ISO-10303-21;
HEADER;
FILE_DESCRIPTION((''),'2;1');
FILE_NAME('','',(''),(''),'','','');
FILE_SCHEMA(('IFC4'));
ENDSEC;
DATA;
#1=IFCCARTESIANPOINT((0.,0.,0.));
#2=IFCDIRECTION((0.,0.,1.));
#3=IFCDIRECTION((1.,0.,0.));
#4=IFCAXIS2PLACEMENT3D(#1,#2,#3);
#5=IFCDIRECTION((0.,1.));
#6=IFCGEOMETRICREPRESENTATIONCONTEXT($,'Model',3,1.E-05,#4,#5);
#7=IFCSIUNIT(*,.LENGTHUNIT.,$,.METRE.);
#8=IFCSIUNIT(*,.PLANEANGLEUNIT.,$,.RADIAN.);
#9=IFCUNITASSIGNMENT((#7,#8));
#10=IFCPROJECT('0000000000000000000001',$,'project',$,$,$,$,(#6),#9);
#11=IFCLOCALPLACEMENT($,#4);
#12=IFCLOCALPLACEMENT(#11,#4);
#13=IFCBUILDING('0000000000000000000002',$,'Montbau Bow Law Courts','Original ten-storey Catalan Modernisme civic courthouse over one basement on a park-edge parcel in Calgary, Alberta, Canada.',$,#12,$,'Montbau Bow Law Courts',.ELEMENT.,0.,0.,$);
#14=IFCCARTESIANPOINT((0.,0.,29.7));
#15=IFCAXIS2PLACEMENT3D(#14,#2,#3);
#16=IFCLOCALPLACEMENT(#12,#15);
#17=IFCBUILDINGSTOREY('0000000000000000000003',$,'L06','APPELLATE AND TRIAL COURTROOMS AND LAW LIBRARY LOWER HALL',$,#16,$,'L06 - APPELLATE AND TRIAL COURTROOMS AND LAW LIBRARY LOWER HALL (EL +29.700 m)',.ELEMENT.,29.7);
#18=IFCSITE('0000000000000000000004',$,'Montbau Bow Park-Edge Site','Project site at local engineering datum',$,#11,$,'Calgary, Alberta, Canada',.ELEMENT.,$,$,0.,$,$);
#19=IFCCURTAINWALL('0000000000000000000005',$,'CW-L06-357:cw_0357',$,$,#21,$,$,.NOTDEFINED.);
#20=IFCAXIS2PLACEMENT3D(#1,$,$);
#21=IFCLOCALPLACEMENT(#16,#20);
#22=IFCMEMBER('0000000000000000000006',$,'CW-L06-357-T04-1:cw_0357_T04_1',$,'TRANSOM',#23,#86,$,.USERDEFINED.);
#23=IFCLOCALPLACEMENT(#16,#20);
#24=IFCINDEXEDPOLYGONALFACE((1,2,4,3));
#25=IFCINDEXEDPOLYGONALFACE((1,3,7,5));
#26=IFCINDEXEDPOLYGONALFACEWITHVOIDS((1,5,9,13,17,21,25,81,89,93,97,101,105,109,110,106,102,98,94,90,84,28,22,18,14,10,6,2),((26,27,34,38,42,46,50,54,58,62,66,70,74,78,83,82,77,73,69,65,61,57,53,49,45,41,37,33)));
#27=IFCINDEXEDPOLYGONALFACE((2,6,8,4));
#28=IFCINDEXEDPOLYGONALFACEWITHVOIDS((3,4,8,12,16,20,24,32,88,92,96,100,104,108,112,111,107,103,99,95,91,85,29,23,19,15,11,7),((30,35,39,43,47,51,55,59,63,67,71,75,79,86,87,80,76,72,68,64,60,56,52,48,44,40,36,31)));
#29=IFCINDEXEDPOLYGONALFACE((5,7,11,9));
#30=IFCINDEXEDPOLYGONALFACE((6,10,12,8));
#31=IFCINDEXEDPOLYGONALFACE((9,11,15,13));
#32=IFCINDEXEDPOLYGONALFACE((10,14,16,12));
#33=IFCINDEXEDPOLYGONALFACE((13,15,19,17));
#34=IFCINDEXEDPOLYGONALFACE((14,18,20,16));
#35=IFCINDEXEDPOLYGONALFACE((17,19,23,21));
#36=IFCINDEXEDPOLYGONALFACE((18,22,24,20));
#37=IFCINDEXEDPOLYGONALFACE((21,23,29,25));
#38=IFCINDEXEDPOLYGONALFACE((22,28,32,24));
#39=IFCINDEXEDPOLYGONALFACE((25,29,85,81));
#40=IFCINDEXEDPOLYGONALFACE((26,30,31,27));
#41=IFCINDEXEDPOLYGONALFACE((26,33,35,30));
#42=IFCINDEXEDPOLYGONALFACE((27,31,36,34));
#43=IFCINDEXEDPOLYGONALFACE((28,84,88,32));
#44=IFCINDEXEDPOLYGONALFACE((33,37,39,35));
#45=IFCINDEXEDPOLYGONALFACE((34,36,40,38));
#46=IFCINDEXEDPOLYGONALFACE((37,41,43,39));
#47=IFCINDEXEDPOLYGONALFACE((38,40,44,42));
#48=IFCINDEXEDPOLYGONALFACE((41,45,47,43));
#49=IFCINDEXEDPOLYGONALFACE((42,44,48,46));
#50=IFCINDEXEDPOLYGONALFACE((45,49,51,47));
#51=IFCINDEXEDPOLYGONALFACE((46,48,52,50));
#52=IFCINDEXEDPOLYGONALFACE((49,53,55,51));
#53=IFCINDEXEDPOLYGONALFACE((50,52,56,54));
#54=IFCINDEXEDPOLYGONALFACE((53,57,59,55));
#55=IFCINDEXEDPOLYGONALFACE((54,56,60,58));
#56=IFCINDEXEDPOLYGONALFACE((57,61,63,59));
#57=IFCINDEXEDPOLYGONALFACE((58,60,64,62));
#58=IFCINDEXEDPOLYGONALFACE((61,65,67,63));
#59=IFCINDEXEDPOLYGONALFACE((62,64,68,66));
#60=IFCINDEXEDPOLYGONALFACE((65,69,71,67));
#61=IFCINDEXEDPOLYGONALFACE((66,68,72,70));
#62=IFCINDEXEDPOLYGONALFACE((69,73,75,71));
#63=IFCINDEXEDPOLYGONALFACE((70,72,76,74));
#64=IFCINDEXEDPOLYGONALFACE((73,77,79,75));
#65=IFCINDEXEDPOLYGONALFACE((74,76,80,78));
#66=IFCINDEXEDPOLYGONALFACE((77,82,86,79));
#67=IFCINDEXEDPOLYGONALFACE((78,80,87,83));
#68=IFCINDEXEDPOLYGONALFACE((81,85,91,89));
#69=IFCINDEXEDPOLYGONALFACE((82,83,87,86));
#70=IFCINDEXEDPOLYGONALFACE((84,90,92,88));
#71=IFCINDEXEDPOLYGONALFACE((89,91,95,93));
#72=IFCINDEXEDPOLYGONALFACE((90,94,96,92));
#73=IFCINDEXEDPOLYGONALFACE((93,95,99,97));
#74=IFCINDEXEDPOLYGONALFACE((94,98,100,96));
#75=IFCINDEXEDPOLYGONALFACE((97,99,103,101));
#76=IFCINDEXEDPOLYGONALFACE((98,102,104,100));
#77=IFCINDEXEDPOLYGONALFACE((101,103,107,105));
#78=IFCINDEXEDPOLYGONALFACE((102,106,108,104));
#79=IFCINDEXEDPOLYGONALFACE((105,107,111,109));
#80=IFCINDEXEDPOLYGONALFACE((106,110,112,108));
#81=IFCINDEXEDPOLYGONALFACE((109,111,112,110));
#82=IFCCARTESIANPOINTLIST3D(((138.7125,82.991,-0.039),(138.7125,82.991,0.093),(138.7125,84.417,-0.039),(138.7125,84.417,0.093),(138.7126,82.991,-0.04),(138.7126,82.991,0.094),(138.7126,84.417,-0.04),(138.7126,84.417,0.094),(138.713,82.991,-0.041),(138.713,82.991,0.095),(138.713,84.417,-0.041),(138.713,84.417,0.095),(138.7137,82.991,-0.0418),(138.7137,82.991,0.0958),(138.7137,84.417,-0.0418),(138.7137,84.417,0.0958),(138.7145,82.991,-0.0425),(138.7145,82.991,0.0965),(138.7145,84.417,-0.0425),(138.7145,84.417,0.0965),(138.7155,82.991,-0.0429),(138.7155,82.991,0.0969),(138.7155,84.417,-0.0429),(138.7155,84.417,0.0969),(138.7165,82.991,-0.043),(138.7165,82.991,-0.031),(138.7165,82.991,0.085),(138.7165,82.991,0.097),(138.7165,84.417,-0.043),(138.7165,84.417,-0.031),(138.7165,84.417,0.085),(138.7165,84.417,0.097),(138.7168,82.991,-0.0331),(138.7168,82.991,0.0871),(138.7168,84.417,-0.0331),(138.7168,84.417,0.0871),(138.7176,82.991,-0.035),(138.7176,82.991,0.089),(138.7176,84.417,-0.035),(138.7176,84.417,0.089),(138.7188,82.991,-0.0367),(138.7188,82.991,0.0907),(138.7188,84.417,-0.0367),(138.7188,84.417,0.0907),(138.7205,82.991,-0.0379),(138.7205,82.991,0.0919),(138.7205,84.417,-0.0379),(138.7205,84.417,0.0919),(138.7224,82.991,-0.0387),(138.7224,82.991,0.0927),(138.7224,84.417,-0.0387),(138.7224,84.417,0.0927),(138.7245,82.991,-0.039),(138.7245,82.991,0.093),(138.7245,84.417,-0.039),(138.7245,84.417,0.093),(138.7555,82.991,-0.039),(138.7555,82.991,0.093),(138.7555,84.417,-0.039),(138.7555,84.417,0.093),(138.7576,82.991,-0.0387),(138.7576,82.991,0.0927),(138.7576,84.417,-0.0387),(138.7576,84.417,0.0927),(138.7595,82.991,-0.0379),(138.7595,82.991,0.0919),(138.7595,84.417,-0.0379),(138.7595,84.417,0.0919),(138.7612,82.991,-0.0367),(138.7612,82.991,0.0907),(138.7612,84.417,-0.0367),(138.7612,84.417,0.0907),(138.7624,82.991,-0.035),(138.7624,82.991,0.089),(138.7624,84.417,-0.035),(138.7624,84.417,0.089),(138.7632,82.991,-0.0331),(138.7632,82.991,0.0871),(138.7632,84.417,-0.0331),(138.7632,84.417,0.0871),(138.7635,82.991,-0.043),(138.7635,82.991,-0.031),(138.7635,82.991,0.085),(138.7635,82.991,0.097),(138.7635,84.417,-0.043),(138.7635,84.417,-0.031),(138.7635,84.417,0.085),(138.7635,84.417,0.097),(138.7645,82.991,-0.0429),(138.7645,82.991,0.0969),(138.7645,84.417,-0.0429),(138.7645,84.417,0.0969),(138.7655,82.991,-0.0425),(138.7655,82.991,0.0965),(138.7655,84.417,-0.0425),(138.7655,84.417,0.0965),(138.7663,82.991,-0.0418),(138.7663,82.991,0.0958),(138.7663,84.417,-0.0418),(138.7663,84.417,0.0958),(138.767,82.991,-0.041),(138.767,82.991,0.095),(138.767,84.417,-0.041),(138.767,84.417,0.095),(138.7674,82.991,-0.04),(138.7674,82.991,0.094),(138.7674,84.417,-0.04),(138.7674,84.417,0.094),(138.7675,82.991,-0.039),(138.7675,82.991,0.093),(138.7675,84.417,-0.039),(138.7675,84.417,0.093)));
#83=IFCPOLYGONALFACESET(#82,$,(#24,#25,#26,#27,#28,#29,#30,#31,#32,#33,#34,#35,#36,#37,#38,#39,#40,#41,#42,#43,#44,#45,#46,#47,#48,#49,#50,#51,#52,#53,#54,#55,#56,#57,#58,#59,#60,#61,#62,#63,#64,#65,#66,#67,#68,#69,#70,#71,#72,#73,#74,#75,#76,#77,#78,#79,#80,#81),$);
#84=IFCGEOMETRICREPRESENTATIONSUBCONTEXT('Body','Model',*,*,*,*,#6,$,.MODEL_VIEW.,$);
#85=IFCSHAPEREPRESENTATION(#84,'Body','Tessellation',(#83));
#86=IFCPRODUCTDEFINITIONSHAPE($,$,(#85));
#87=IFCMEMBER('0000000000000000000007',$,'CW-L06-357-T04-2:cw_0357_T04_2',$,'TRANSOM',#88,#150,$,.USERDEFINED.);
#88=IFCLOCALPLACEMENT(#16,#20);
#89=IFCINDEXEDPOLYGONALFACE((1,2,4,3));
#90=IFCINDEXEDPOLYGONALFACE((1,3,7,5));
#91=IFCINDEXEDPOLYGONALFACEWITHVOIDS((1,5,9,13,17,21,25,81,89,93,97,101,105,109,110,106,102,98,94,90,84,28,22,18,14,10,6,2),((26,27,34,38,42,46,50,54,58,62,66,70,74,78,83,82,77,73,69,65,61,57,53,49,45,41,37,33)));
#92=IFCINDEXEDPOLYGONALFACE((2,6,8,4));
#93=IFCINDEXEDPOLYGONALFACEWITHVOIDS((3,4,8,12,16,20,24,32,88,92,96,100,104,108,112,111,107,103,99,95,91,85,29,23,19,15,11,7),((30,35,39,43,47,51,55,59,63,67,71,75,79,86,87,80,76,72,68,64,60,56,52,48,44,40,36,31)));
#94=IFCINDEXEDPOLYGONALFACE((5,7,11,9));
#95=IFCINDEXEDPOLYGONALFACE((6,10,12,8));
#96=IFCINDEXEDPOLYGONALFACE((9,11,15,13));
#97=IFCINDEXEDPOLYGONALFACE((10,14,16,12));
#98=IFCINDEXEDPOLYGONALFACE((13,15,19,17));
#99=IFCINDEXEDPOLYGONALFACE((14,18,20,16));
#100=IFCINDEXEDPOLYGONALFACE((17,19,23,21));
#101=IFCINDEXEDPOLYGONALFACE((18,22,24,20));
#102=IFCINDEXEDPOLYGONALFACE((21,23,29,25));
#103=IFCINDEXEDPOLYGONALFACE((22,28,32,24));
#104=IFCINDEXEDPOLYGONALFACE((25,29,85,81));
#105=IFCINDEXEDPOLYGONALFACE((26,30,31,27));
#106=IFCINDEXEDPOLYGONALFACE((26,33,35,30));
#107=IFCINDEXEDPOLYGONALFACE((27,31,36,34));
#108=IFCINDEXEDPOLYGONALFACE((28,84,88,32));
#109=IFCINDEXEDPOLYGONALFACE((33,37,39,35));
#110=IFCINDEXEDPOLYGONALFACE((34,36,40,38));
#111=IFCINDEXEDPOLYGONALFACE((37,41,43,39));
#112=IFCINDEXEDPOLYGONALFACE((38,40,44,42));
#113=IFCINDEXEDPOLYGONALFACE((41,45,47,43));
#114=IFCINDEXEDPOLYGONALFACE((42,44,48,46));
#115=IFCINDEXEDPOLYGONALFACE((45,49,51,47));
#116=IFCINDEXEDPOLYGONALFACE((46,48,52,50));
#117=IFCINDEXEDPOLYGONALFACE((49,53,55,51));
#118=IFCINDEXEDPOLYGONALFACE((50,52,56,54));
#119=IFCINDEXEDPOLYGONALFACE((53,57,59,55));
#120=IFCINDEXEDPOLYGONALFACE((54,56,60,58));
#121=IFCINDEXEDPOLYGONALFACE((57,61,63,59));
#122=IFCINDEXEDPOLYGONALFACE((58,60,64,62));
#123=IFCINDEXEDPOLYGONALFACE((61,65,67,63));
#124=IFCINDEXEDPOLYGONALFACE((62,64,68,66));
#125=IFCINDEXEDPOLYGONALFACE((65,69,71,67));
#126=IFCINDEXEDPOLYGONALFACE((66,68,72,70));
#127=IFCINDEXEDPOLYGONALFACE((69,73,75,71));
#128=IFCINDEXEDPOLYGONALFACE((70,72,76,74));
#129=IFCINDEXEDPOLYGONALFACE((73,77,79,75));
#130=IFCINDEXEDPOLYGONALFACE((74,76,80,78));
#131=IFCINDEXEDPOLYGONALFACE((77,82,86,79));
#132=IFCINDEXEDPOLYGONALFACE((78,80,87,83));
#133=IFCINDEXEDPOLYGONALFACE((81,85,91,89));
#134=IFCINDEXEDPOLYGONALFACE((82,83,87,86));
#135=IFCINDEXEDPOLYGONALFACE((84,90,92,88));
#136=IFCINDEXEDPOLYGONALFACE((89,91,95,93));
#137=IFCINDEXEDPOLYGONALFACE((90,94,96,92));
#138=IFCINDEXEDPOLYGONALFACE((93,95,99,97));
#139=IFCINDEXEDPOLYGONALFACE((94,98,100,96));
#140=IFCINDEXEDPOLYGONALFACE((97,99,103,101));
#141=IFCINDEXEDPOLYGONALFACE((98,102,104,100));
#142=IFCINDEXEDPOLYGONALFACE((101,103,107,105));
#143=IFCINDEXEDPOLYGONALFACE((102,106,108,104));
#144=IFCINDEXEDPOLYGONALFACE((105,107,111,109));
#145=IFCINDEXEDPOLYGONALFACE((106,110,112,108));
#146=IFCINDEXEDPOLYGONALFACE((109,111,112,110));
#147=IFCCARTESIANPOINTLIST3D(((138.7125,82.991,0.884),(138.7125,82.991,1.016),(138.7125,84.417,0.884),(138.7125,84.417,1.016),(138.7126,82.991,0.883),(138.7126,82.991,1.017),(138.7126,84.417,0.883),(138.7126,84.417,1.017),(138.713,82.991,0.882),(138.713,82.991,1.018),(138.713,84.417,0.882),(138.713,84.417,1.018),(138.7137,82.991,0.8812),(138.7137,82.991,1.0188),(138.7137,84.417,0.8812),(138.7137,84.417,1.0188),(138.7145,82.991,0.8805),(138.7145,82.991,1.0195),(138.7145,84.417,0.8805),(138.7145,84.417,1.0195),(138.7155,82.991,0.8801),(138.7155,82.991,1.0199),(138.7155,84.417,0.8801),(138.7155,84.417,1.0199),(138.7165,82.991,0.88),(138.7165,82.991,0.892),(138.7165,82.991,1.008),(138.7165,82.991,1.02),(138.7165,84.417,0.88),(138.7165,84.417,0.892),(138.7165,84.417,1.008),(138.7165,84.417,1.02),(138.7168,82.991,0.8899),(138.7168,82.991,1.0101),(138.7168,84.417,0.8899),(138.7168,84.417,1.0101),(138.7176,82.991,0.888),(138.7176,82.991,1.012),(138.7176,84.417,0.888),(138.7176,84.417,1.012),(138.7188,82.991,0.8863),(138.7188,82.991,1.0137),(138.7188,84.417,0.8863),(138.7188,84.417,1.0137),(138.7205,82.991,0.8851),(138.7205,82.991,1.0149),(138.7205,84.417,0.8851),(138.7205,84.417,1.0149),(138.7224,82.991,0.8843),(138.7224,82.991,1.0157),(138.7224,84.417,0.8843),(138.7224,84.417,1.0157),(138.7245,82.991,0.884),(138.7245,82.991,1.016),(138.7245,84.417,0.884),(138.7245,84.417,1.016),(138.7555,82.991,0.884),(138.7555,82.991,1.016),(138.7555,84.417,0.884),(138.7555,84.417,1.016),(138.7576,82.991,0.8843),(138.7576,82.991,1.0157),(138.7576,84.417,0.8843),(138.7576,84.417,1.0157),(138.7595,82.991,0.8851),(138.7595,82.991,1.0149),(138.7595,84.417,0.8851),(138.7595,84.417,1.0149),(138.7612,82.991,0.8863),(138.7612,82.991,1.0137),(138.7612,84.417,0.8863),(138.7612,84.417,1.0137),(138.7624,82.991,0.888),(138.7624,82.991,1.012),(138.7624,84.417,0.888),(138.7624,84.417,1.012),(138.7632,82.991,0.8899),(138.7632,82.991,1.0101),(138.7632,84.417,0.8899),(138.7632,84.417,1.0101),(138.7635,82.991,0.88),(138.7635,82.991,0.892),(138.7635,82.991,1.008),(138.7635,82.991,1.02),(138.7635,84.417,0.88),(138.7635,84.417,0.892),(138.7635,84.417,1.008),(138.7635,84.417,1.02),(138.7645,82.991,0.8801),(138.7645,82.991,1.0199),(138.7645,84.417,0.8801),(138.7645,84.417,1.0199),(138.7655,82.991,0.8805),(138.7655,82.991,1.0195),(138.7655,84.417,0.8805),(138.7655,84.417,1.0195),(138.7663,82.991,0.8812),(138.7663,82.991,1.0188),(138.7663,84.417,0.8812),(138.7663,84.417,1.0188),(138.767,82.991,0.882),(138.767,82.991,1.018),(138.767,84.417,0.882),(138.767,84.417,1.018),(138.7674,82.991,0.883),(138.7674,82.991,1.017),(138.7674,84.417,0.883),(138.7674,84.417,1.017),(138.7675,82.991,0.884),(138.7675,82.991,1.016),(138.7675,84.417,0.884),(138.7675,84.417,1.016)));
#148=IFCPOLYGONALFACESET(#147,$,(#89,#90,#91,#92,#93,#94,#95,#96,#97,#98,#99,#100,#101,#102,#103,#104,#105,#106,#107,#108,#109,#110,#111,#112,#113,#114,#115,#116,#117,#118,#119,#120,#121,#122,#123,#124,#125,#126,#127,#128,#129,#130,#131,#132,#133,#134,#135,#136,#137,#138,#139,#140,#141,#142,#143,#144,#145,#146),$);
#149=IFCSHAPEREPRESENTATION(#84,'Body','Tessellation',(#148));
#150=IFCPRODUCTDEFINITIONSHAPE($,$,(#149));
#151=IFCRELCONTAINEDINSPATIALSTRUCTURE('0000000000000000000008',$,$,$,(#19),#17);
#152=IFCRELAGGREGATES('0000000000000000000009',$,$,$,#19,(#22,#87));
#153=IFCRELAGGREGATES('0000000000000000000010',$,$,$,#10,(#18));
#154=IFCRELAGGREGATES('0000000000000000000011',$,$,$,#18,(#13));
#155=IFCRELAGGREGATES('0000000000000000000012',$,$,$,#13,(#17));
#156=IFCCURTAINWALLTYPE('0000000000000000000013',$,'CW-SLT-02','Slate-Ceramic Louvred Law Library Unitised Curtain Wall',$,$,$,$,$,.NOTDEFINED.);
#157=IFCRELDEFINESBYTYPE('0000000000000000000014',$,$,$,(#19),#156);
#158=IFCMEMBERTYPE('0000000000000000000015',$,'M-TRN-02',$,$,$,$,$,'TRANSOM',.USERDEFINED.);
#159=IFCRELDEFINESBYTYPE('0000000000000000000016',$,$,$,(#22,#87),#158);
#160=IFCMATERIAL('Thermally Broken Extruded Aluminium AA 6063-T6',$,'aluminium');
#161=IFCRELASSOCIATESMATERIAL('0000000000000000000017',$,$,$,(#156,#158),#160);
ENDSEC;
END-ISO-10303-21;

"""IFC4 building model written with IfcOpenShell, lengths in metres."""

from ifc_helpers import new_model, si_unit, direction, frame, origin_with_axes, origin_2d_with_axis, place, context, subcontext, project, spatial, hollow_rectangle, extrude, material, material_profile, profile_set, type_object, element, aggregate, save


model = new_model("IFC4")

# Units and contexts
model_context = context("Model", 3, precision=1e-05, world=origin_with_axes(), true_north=direction((0.0, 1.0)))
body_context = subcontext(model_context, "Body", "Model", "MODEL_VIEW")
ifc_project = project(units=[si_unit("LENGTHUNIT", "METRE"), si_unit("PLANEANGLEUNIT", "RADIAN")], contexts=[model_context])

# Site, building, storey
site_placement = place(None, origin_with_axes())
site = spatial("IfcSite", under=ifc_project, at=site_placement, Name="Montbau Bow Park-Edge Site", Description="Project site at local engineering datum", LongName="Calgary, Alberta, Canada", CompositionType="ELEMENT", RefElevation=0.0)
building_placement = place(site_placement, origin_with_axes())
building = spatial("IfcBuilding", under=site, at=building_placement, Name="Montbau Bow Law Courts", Description="Original ten-storey Catalan Modernisme civic courthouse over one basement on a park-edge parcel in Calgary, Alberta, Canada.", LongName="Montbau Bow Law Courts", CompositionType="ELEMENT", ElevationOfRefHeight=0.0, ElevationOfTerrain=0.0)
storey_placement = place(building_placement, frame((0.0, 0.0, 29.7), z_axis=(0.0, 0.0, 1.0), x_axis=(1.0, 0.0, 0.0)))
storey = spatial("IfcBuildingStorey", under=building, at=storey_placement, Name="L06", Description="APPELLATE AND TRIAL COURTROOMS AND LAW LIBRARY LOWER HALL", LongName="L06 - APPELLATE AND TRIAL COURTROOMS AND LAW LIBRARY LOWER HALL (EL +29.700 m)", CompositionType="ELEMENT", Elevation=29.7)

# Curtain wall
ifc_material_1 = material(Name="Thermally Broken Extruded Aluminium AA 6063-T6", Category="aluminium")
curtain_wall_type = type_object("IfcCurtainWallType", Name="CW-SLT-02", Description="Slate-Ceramic Louvred Law Library Unitised Curtain Wall", PredefinedType="NOTDEFINED", material=ifc_material_1)
curtain_wall_1_placement = place(None, frame((138.74, 78.44, 29.7), z_axis=(0.0, 0.0, 1.0), x_axis=(1.0, 0.0, 0.0)))
curtain_wall_1 = element("IfcCurtainWall", 1, at=curtain_wall_1_placement, inside=storey, type_object=curtain_wall_type, Name="CW-L06-357:cw_0357", PredefinedType="NOTDEFINED")

# Members
ifc_material_profile_1 = material_profile(ifc_material_1, hollow_rectangle(XDim=0.055, YDim=0.14, WallThickness=0.004, InnerFilletRadius=0.008, OuterFilletRadius=0.004, at=origin_2d_with_axis()), Name="CWT-140X55", Category="Main", Priority=0)
ifc_profile_set_1 = profile_set([ifc_material_profile_1], Name="Thermally Broken Extruded Aluminium AA 6063-T6")
member_type_1 = type_object("IfcMemberType", Name="M-TRN-02", ElementType="TRANSOM", PredefinedType="USERDEFINED", material=ifc_profile_set_1)
member_1_placement = place(None, frame((138.74, 82.991, 29.727), z_axis=(0.0, 1.0, 0.0), x_axis=(-1.0, 0.0, 0.0)))
member_1 = element("IfcMember", 2, at=member_1_placement, type_object=member_type_1, Name="CW-L06-357-T04-1:cw_0357_T04_1", ObjectType="TRANSOM", PredefinedType="USERDEFINED", context=body_context, shape_type="SweptSolid", body=[
    extrude(hollow_rectangle(XDim=0.055, YDim=0.14, WallThickness=0.004, InnerFilletRadius=0.008, OuterFilletRadius=0.004, at=origin_2d_with_axis()), origin_with_axes(), (0.0, 0.0, 1.0), 1.426),
])
member_2_placement = place(None, frame((138.74, 82.991, 30.65), z_axis=(0.0, 1.0, 0.0), x_axis=(-1.0, 0.0, 0.0)))
member_2 = element("IfcMember", 3, at=member_2_placement, type_object=member_type_1, Name="CW-L06-357-T04-2:cw_0357_T04_2", ObjectType="TRANSOM", PredefinedType="USERDEFINED", context=body_context, shape_type="SweptSolid", body=[
    extrude(hollow_rectangle(XDim=0.055, YDim=0.14, WallThickness=0.004, InnerFilletRadius=0.008, OuterFilletRadius=0.004, at=origin_2d_with_axis()), origin_with_axes(), (0.0, 0.0, 1.0), 1.426),
])

aggregate(curtain_wall_1, [member_1, member_2])

save(model, "model.ifc")
